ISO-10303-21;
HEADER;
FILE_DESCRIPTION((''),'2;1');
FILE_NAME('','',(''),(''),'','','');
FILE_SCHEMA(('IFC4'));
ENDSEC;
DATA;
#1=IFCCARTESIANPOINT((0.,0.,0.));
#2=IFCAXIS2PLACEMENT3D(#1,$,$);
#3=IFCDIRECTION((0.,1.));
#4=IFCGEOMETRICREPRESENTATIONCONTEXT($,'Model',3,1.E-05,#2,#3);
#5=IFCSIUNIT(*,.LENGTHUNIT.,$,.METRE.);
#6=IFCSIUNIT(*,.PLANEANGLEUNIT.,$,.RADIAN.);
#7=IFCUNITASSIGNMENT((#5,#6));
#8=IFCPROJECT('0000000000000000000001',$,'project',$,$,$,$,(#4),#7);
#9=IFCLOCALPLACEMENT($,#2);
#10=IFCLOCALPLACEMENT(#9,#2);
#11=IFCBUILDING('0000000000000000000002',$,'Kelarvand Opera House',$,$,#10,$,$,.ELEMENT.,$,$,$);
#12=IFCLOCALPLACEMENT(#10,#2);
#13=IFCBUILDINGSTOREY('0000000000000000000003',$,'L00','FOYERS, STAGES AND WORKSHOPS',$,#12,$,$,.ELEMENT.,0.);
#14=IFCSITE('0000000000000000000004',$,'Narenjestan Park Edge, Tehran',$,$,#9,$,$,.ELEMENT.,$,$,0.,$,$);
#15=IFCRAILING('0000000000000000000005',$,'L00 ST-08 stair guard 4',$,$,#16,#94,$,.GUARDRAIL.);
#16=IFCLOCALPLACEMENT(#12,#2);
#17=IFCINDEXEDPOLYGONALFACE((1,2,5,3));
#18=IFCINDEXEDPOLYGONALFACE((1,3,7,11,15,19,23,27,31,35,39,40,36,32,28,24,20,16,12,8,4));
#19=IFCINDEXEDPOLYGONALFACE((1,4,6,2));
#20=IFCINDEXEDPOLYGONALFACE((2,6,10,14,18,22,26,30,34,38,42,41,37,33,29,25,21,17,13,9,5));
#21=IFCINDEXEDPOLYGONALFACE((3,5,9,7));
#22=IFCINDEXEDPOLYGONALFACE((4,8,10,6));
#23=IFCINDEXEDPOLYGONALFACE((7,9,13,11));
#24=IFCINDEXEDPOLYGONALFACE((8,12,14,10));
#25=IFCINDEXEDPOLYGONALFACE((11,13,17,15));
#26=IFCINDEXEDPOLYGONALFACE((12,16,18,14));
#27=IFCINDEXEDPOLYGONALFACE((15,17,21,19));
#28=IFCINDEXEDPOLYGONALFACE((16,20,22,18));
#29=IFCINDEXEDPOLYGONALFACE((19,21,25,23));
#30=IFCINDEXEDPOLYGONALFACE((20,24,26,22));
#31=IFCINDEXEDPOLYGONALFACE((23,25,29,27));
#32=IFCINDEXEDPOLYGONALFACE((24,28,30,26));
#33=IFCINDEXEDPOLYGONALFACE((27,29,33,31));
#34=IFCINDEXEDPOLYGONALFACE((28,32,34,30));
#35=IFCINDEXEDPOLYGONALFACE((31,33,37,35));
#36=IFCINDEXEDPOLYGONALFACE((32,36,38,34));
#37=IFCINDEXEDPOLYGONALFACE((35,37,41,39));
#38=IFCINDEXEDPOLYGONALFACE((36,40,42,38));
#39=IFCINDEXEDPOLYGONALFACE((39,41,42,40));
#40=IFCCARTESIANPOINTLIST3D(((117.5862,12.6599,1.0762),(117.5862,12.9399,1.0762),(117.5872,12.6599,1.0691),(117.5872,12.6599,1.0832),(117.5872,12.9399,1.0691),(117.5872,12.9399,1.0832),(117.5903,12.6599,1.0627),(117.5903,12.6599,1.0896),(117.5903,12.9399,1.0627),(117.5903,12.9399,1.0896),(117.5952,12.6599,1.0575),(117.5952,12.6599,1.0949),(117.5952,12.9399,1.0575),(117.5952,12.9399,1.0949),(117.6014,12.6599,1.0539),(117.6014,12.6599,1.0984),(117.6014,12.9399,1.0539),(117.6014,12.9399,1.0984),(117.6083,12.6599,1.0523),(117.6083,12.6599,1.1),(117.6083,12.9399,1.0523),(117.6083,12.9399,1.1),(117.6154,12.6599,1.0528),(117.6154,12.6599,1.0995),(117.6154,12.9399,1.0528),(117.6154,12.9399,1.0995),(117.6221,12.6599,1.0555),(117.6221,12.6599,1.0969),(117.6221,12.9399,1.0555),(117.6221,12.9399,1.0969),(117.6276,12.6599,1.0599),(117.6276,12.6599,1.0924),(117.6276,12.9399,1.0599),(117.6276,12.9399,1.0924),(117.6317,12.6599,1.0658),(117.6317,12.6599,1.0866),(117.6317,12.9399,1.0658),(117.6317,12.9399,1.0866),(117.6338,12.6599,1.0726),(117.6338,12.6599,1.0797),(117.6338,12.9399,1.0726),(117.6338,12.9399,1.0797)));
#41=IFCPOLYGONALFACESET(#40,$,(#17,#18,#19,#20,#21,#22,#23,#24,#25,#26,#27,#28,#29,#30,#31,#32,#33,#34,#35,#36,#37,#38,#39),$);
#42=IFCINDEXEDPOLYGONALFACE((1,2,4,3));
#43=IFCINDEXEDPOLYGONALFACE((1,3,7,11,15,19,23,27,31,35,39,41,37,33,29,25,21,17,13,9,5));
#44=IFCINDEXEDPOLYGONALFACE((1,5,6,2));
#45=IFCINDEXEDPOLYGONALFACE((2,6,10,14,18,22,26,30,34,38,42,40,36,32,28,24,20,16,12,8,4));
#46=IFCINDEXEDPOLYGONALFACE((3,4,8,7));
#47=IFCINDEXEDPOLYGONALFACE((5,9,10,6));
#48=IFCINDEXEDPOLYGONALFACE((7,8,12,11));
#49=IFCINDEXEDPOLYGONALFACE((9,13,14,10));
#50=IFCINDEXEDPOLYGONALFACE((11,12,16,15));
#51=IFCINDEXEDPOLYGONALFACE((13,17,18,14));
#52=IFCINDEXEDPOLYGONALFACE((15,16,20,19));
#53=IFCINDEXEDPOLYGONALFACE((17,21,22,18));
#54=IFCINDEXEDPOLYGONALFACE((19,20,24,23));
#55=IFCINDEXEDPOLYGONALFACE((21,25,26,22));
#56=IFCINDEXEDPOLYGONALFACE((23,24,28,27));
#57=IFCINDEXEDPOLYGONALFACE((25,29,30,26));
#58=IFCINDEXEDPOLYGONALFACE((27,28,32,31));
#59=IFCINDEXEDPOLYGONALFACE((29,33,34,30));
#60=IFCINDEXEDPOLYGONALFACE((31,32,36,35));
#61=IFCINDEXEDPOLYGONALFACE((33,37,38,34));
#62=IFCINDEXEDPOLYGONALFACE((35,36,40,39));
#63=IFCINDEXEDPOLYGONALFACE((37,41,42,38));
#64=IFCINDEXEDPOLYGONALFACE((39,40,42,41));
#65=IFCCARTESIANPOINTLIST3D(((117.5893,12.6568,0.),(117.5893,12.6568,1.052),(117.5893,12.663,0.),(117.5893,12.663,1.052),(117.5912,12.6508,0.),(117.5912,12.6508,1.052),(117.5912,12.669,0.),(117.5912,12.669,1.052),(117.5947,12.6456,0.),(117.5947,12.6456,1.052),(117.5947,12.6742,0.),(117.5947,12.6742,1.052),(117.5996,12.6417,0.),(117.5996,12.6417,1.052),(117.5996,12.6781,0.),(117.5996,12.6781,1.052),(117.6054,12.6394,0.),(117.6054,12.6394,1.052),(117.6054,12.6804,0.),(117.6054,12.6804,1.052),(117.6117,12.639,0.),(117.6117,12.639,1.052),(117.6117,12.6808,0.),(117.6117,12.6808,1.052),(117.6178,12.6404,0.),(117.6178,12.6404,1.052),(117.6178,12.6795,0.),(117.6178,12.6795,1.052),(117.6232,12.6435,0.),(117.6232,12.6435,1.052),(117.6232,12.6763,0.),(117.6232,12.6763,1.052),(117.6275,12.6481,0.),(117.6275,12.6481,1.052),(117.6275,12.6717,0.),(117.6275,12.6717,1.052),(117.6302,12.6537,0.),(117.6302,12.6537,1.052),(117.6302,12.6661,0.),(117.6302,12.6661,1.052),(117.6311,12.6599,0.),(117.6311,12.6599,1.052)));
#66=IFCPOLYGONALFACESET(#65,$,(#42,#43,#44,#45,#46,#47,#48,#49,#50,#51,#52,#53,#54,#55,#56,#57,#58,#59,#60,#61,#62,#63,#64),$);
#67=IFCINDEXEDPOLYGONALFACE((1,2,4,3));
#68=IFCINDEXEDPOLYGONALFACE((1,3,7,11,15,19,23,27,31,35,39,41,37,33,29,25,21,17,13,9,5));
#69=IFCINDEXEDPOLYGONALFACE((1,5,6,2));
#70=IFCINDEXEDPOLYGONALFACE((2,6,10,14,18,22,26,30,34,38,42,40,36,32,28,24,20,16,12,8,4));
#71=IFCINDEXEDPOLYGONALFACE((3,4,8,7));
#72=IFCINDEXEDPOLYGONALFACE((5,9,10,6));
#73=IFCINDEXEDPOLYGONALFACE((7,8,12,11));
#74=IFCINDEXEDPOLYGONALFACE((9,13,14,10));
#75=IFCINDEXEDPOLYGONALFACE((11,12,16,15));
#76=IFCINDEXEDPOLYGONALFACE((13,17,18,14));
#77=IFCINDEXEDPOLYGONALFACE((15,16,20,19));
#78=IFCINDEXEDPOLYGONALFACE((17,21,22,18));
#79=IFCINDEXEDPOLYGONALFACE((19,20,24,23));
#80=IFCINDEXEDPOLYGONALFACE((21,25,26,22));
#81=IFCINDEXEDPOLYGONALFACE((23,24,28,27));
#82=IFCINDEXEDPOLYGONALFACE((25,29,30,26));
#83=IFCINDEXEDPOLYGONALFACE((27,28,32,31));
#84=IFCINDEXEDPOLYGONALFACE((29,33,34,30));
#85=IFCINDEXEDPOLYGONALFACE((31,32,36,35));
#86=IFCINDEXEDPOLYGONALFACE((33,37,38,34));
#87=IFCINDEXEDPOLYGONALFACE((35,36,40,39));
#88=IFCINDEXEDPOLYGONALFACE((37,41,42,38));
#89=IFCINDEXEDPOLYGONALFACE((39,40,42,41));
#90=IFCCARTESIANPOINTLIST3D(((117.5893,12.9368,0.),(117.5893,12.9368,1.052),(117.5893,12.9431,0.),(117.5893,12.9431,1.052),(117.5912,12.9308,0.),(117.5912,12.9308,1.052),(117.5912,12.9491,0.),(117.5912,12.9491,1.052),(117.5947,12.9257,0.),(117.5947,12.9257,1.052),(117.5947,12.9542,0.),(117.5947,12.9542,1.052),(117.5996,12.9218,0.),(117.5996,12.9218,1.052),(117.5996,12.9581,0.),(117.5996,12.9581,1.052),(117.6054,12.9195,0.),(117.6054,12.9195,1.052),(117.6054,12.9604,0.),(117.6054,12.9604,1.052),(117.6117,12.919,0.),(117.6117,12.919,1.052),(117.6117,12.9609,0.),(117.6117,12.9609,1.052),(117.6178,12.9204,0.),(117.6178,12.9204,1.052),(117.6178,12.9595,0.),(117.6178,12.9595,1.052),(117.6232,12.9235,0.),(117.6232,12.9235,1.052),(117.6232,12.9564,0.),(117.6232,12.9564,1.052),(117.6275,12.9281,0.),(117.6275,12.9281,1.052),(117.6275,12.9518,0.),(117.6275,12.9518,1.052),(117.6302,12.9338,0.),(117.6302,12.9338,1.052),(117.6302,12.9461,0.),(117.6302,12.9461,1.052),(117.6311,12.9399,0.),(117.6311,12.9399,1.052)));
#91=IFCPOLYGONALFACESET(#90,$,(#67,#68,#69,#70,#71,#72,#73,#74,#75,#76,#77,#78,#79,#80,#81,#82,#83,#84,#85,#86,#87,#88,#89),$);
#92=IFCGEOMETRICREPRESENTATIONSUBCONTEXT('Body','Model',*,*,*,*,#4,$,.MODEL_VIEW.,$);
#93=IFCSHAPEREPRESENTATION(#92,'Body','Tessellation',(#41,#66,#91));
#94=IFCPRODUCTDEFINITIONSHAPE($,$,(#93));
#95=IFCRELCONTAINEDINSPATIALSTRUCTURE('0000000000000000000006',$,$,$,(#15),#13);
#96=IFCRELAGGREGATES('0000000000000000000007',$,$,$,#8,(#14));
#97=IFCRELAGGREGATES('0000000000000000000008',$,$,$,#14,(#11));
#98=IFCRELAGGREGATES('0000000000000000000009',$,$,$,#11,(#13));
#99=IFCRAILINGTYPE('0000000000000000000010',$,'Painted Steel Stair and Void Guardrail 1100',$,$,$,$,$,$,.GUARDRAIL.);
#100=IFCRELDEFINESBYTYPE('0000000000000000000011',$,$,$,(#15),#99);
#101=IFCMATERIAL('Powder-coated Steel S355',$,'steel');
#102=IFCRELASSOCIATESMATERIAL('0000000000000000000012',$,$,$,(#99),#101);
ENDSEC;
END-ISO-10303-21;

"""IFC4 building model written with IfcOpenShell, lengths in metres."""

from ifc_helpers import new_model, si_unit, direction, frame, origin, origin_2d, place, context, subcontext, project, spatial, circle, extrude, material, type_object, element, save


model = new_model("IFC4")

# Units and contexts
model_context = context("Model", 3, precision=1e-05, world=origin(), true_north=direction((0.0, 1.0)))
body_context = subcontext(model_context, "Body", "Model", "MODEL_VIEW")
ifc_project = project(units=[si_unit("LENGTHUNIT", "METRE"), si_unit("PLANEANGLEUNIT", "RADIAN")], contexts=[model_context])

# Site, building, storey
site_placement = place(None, origin())
site = spatial("IfcSite", under=ifc_project, at=site_placement, Name="Narenjestan Park Edge, Tehran", CompositionType="ELEMENT", RefElevation=0.0)
building_placement = place(site_placement, origin())
building = spatial("IfcBuilding", under=site, at=building_placement, Name="Kelarvand Opera House", CompositionType="ELEMENT")
storey_placement = place(building_placement, origin())
storey = spatial("IfcBuildingStorey", under=building, at=storey_placement, Name="L00", Description="FOYERS, STAGES AND WORKSHOPS", CompositionType="ELEMENT", Elevation=0.0)

# Railing
ifc_material_1 = material(Name="Powder-coated Steel S355", Category="steel")
railing_type_1 = type_object("IfcRailingType", Name="Painted Steel Stair and Void Guardrail 1100", PredefinedType="GUARDRAIL", material=ifc_material_1)
railing_1_placement = place(storey_placement, frame((117.6101, 12.6599, 0.0)))
element("IfcRailing", 1, at=railing_1_placement, inside=storey, type_object=railing_type_1, Name="L00 ST-08 stair guard 4", PredefinedType="GUARDRAIL", context=body_context, shape_type="SweptSolid", body=[
    extrude(circle(Radius=0.0239, at=origin_2d()), frame((0.0, 0.0, 1.0762), z_axis=(0.0, 1.0, 0.0), x_axis=(-1.0, 0.0, 0.0)), (0.0, 0.0, 1.0), 0.28),
    extrude(circle(Radius=0.021, at=origin_2d()), origin(), (0.0, 0.0, 1.0), 1.052),
    extrude(circle(Radius=0.021, at=origin_2d()), frame((0.0, 0.28, 0.0)), (0.0, 0.0, 1.0), 1.052),
])

save(model, "model.ifc")
